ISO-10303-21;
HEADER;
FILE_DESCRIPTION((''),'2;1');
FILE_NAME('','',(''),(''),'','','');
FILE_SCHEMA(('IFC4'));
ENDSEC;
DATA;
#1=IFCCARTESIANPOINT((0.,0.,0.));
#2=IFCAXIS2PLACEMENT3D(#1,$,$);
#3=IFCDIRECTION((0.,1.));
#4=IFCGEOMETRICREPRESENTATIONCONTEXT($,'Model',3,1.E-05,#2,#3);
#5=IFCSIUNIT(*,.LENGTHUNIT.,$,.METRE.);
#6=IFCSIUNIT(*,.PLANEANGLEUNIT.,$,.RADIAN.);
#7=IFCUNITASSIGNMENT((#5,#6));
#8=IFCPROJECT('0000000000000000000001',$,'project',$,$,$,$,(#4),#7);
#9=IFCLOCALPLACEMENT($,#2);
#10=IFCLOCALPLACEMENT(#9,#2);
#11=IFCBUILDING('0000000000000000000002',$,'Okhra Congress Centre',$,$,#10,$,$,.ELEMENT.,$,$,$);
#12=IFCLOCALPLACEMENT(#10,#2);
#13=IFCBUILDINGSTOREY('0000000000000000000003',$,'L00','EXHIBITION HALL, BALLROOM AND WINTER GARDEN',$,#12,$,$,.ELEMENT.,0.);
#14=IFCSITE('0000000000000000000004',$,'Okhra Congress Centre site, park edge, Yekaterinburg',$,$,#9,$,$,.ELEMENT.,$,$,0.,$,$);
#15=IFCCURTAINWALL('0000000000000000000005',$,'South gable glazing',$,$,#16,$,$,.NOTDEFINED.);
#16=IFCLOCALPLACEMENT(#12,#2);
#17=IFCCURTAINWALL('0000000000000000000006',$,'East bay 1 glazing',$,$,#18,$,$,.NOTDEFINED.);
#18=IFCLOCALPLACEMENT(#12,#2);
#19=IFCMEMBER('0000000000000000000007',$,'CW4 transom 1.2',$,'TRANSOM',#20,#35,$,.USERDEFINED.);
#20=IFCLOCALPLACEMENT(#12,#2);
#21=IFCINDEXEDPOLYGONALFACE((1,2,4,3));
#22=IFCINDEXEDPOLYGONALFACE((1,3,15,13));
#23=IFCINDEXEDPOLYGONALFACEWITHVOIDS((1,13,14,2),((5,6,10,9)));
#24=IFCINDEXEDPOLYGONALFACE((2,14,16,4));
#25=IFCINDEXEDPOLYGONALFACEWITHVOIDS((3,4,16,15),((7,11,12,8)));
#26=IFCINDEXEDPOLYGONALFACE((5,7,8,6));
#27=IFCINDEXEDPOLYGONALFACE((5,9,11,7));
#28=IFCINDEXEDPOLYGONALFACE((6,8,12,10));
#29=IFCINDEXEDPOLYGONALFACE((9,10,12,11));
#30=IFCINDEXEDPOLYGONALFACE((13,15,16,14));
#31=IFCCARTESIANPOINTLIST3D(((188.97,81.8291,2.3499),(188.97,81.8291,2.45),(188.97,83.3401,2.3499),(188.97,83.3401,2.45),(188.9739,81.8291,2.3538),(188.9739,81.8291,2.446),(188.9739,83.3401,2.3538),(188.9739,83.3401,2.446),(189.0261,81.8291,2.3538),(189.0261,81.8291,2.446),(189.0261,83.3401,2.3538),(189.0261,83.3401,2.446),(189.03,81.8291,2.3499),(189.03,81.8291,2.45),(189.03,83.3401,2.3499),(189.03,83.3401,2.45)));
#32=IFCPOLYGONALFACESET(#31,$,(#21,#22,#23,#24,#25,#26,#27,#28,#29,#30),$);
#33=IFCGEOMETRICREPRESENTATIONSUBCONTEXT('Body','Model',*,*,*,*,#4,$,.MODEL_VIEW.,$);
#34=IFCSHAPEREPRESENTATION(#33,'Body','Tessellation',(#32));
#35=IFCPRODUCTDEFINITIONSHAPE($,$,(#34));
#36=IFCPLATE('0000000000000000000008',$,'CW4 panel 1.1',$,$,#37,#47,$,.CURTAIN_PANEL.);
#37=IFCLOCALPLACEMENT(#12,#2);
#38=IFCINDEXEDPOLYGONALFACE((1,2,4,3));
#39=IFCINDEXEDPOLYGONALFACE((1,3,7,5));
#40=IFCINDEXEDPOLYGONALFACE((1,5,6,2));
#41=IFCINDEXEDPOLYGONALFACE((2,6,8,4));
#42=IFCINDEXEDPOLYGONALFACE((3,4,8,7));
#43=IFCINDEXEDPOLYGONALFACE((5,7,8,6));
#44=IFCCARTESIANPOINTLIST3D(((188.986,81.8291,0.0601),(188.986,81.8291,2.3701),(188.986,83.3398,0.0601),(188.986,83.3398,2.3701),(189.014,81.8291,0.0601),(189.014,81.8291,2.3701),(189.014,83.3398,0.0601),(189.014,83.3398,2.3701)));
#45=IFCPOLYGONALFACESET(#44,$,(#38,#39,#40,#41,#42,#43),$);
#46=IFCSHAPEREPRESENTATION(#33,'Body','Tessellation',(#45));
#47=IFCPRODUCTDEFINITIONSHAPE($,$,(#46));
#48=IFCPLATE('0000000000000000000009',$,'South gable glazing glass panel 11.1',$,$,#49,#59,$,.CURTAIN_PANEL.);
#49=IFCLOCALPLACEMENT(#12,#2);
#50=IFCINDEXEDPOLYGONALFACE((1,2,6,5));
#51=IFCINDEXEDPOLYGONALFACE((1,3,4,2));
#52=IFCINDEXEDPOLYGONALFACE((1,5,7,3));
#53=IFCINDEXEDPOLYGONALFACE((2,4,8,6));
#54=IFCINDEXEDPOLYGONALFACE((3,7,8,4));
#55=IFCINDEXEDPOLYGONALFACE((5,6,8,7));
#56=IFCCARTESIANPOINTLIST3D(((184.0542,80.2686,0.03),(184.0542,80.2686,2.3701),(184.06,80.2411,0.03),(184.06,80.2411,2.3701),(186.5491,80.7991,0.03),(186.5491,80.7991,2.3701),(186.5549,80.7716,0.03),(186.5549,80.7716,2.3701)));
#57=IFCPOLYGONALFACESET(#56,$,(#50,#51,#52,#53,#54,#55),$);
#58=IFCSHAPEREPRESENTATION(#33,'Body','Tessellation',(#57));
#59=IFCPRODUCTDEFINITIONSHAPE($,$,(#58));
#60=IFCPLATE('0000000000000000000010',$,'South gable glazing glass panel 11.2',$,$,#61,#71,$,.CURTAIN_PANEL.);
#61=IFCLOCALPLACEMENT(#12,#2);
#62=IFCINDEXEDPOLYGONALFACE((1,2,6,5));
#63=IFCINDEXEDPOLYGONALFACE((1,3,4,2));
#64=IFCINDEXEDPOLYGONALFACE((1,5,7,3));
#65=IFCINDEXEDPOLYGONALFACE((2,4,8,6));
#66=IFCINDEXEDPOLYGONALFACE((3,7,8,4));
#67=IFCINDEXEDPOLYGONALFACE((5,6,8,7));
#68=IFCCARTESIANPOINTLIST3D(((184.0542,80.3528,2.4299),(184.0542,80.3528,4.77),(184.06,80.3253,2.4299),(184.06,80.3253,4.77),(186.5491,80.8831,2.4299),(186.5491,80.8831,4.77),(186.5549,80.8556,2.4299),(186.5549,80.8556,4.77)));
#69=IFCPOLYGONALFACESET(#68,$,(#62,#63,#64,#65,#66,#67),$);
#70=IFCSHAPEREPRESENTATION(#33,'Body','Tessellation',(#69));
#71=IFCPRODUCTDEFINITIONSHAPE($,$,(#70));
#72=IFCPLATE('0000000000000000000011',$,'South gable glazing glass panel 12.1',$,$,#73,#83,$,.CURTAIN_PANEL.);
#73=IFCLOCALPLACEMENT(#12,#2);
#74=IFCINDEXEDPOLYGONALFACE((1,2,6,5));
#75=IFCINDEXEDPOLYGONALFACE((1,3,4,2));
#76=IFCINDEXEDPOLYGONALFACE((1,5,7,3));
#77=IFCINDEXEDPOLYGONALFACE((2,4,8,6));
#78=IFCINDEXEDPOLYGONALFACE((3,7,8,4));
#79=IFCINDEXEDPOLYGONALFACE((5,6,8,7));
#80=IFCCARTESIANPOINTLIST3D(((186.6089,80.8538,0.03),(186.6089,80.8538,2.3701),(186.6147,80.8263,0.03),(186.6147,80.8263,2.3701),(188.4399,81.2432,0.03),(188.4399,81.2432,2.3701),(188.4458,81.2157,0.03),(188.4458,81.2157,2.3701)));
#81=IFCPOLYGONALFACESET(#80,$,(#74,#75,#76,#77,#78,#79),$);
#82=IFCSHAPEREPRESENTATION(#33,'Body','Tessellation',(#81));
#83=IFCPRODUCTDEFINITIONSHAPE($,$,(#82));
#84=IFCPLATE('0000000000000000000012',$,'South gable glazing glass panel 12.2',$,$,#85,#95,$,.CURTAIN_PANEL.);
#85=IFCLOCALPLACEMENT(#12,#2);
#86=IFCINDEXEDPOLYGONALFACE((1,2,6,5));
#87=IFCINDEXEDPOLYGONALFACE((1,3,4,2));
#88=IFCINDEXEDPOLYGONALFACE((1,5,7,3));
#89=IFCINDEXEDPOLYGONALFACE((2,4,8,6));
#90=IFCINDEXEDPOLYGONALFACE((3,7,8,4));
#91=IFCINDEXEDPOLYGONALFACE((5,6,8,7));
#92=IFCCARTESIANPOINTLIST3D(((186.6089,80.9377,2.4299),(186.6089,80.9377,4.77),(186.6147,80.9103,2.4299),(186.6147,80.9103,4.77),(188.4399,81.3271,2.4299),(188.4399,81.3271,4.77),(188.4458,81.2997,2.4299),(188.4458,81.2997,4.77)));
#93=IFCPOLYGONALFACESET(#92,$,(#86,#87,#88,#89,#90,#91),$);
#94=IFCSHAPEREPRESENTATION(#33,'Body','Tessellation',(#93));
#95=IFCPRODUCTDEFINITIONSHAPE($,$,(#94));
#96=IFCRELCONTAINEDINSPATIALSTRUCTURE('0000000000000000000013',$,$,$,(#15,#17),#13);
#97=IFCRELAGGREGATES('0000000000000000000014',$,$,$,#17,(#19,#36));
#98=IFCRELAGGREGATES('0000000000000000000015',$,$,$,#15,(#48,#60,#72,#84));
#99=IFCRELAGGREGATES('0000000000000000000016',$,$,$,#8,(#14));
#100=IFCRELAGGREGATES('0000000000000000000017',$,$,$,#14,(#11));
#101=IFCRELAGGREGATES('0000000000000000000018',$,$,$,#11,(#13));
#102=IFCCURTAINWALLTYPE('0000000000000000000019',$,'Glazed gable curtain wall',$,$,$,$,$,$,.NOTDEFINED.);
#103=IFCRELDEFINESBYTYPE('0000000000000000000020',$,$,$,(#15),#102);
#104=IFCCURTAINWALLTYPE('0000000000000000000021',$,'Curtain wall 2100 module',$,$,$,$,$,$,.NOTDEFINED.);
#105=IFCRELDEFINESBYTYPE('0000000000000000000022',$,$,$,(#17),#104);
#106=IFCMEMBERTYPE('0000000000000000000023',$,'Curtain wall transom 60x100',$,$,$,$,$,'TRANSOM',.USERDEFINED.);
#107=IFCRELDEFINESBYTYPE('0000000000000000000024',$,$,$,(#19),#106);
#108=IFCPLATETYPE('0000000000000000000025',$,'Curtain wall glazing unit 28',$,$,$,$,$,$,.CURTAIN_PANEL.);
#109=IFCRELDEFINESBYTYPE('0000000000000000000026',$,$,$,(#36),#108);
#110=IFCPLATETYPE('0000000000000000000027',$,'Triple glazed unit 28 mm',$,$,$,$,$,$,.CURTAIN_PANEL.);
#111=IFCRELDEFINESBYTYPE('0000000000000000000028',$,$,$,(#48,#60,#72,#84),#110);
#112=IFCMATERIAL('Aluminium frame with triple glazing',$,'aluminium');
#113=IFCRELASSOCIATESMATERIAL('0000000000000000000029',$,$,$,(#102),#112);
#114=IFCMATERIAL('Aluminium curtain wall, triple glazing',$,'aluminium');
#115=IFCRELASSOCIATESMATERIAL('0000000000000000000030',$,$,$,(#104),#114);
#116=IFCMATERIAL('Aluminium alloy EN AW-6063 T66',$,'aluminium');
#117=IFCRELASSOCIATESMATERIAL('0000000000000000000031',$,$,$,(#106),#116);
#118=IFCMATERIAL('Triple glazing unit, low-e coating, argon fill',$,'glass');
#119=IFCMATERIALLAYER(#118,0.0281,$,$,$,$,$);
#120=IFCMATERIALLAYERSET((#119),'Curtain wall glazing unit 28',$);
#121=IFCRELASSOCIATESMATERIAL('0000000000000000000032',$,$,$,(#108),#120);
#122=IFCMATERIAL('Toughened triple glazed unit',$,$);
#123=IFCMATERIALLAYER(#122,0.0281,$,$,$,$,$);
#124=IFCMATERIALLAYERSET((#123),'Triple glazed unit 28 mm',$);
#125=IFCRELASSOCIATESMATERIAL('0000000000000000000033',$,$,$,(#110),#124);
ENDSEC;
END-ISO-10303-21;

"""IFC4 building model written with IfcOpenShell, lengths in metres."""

from ifc_helpers import new_model, si_unit, direction, frame, origin, origin_2d, place, context, subcontext, project, spatial, polyline, rectangle, hollow_rectangle, outline, extrude, material, layer, layer_set, material_profile, profile_set, type_object, element, aggregate, save


model = new_model("IFC4")

# Units and contexts
model_context = context("Model", 3, precision=1e-05, world=origin(), true_north=direction((0.0, 1.0)))
body_context = subcontext(model_context, "Body", "Model", "MODEL_VIEW")
ifc_project = project(units=[si_unit("LENGTHUNIT", "METRE"), si_unit("PLANEANGLEUNIT", "RADIAN")], contexts=[model_context])

# Site, building, storey
site_placement = place(None, origin())
site = spatial("IfcSite", under=ifc_project, at=site_placement, Name="Okhra Congress Centre site, park edge, Yekaterinburg", CompositionType="ELEMENT", RefElevation=0.0)
building_placement = place(site_placement, origin())
building = spatial("IfcBuilding", under=site, at=building_placement, Name="Okhra Congress Centre", CompositionType="ELEMENT")
storey_placement = place(building_placement, origin())
storey = spatial("IfcBuildingStorey", under=building, at=storey_placement, Name="L00", Description="EXHIBITION HALL, BALLROOM AND WINTER GARDEN", CompositionType="ELEMENT", Elevation=0.0)

# Curtain wall
ifc_material_1 = material(Name="Aluminium frame with triple glazing", Category="aluminium")
curtain_wall_type_1 = type_object("IfcCurtainWallType", Name="Glazed gable curtain wall", PredefinedType="NOTDEFINED", material=ifc_material_1)
curtain_wall_1_placement = place(storey_placement, origin())
curtain_wall_1 = element("IfcCurtainWall", 1, at=curtain_wall_1_placement, inside=storey, type_object=curtain_wall_type_1, Name="South gable glazing", PredefinedType="NOTDEFINED")

# Curtain wall, member, plate
ifc_material_2 = material(Name="Aluminium curtain wall, triple glazing", Category="aluminium")
curtain_wall_type_2 = type_object("IfcCurtainWallType", Name="Curtain wall 2100 module", PredefinedType="NOTDEFINED", material=ifc_material_2)
curtain_wall_2_placement = place(storey_placement, origin())
curtain_wall_2 = element("IfcCurtainWall", 2, at=curtain_wall_2_placement, inside=storey, type_object=curtain_wall_type_2, Name="East bay 1 glazing", PredefinedType="NOTDEFINED")
ifc_material_3 = material(Name="Aluminium alloy EN AW-6063 T66", Category="aluminium")
ifc_material_profile_1 = material_profile(ifc_material_3, hollow_rectangle(XDim=0.0601, YDim=0.1001, WallThickness=0.0039, at=origin_2d()), Name="RHS 60x100x4")
ifc_profile_set_1 = profile_set([ifc_material_profile_1], Name="Aluminium alloy EN AW-6063 T66")
member_type_1 = type_object("IfcMemberType", Name="Curtain wall transom 60x100", ElementType="TRANSOM", PredefinedType="USERDEFINED", material=ifc_profile_set_1)
member_1_placement = place(storey_placement, frame((189.0, 81.8291, 2.3999), z_axis=(0.0, 1.0, 0.0), x_axis=(-1.0, 0.0, 0.0)))
member_1 = element("IfcMember", 3, at=member_1_placement, type_object=member_type_1, Name="CW4 transom 1.2", ObjectType="TRANSOM", PredefinedType="USERDEFINED", context=body_context, shape_type="SweptSolid", body=[
    extrude(hollow_rectangle(XDim=0.0601, YDim=0.1001, WallThickness=0.0039, at=origin_2d()), origin(), (0.0, 0.0, 1.0), 1.511),
])
ifc_material_4 = material(Name="Triple glazing unit, low-e coating, argon fill", Category="glass")
ifc_layer_1 = layer(ifc_material_4, 0.0281)
ifc_layer_set_1 = layer_set([ifc_layer_1], Name="Curtain wall glazing unit 28")
plate_type_1 = type_object("IfcPlateType", Name="Curtain wall glazing unit 28", PredefinedType="CURTAIN_PANEL", material=ifc_layer_set_1)
plate_1_placement = place(storey_placement, frame((189.0, 82.5845, 0.0601), z_axis=(0.0, 0.0, 1.0), x_axis=(0.0, 1.0, 0.0)))
plate_1 = element("IfcPlate", 4, at=plate_1_placement, type_object=plate_type_1, Name="CW4 panel 1.1", PredefinedType="CURTAIN_PANEL", context=body_context, shape_type="SweptSolid", body=[
    extrude(rectangle(XDim=1.5107, YDim=0.0281, at=origin_2d()), origin(), (0.0, 0.0, 1.0), 2.3101),
])
aggregate(curtain_wall_2, [member_1, plate_1])

# Plates
ifc_material_5 = material(Name="Toughened triple glazed unit")
ifc_layer_2 = layer(ifc_material_5, 0.0281)
ifc_layer_set_2 = layer_set([ifc_layer_2], Name="Triple glazed unit 28 mm")
plate_type_2 = type_object("IfcPlateType", Name="Triple glazed unit 28 mm", PredefinedType="CURTAIN_PANEL", material=ifc_layer_set_2)
plate_2_placement = place(storey_placement, frame((186.5491, 80.7991, 0.03), z_axis=(-0.207993, 0.97813, 0.0), x_axis=(-0.97813, -0.207993, 0.0)))
plate_2 = element("IfcPlate", 5, at=plate_2_placement, type_object=plate_type_2, Name="South gable glazing glass panel 11.1", PredefinedType="CURTAIN_PANEL", context=body_context, shape_type="SweptSolid", body=[
    extrude(outline(polyline([(0.0, 0.0), (2.5507, 0.0), (2.5507, 2.3401), (0.0, 2.3401), (0.0, 0.0)])), origin(), (0.0, 0.0, -1.0), 0.0281),
])
plate_3_placement = place(storey_placement, frame((186.5491, 80.8831, 2.4299), z_axis=(-0.207901, 0.97815, 0.0), x_axis=(-0.97815, -0.207901, 0.0)))
plate_3 = element("IfcPlate", 6, at=plate_3_placement, type_object=plate_type_2, Name="South gable glazing glass panel 11.2", PredefinedType="CURTAIN_PANEL", context=body_context, shape_type="SweptSolid", body=[
    extrude(outline(polyline([(0.0, 0.0), (2.5506, 0.0), (2.5506, 2.3401), (0.0, 2.3401), (0.0, 0.0)])), origin(), (0.0, 0.0, -1.0), 0.0281),
])
plate_4_placement = place(storey_placement, frame((188.4399, 81.2432, 0.03), z_axis=(-0.208015, 0.978126, 0.0), x_axis=(-0.978126, -0.208015, 0.0)))
plate_4 = element("IfcPlate", 7, at=plate_4_placement, type_object=plate_type_2, Name="South gable glazing glass panel 12.1", PredefinedType="CURTAIN_PANEL", context=body_context, shape_type="SweptSolid", body=[
    extrude(outline(polyline([(0.0, 0.0), (1.872, 0.0), (1.872, 2.3401), (0.0, 2.3401), (0.0, 0.0)])), origin(), (0.0, 0.0, -1.0), 0.0281),
])
plate_5_placement = place(storey_placement, frame((188.4399, 81.3271, 2.4299), z_axis=(-0.208015, 0.978126, 0.0), x_axis=(-0.978126, -0.208015, 0.0)))
plate_5 = element("IfcPlate", 8, at=plate_5_placement, type_object=plate_type_2, Name="South gable glazing glass panel 12.2", PredefinedType="CURTAIN_PANEL", context=body_context, shape_type="SweptSolid", body=[
    extrude(outline(polyline([(0.0, 0.0), (1.872, 0.0), (1.872, 2.3401), (0.0, 2.3401), (0.0, 0.0)])), origin(), (0.0, 0.0, -1.0), 0.0281),
])
aggregate(curtain_wall_1, [plate_2, plate_3, plate_4, plate_5])

save(model, "model.ifc")
